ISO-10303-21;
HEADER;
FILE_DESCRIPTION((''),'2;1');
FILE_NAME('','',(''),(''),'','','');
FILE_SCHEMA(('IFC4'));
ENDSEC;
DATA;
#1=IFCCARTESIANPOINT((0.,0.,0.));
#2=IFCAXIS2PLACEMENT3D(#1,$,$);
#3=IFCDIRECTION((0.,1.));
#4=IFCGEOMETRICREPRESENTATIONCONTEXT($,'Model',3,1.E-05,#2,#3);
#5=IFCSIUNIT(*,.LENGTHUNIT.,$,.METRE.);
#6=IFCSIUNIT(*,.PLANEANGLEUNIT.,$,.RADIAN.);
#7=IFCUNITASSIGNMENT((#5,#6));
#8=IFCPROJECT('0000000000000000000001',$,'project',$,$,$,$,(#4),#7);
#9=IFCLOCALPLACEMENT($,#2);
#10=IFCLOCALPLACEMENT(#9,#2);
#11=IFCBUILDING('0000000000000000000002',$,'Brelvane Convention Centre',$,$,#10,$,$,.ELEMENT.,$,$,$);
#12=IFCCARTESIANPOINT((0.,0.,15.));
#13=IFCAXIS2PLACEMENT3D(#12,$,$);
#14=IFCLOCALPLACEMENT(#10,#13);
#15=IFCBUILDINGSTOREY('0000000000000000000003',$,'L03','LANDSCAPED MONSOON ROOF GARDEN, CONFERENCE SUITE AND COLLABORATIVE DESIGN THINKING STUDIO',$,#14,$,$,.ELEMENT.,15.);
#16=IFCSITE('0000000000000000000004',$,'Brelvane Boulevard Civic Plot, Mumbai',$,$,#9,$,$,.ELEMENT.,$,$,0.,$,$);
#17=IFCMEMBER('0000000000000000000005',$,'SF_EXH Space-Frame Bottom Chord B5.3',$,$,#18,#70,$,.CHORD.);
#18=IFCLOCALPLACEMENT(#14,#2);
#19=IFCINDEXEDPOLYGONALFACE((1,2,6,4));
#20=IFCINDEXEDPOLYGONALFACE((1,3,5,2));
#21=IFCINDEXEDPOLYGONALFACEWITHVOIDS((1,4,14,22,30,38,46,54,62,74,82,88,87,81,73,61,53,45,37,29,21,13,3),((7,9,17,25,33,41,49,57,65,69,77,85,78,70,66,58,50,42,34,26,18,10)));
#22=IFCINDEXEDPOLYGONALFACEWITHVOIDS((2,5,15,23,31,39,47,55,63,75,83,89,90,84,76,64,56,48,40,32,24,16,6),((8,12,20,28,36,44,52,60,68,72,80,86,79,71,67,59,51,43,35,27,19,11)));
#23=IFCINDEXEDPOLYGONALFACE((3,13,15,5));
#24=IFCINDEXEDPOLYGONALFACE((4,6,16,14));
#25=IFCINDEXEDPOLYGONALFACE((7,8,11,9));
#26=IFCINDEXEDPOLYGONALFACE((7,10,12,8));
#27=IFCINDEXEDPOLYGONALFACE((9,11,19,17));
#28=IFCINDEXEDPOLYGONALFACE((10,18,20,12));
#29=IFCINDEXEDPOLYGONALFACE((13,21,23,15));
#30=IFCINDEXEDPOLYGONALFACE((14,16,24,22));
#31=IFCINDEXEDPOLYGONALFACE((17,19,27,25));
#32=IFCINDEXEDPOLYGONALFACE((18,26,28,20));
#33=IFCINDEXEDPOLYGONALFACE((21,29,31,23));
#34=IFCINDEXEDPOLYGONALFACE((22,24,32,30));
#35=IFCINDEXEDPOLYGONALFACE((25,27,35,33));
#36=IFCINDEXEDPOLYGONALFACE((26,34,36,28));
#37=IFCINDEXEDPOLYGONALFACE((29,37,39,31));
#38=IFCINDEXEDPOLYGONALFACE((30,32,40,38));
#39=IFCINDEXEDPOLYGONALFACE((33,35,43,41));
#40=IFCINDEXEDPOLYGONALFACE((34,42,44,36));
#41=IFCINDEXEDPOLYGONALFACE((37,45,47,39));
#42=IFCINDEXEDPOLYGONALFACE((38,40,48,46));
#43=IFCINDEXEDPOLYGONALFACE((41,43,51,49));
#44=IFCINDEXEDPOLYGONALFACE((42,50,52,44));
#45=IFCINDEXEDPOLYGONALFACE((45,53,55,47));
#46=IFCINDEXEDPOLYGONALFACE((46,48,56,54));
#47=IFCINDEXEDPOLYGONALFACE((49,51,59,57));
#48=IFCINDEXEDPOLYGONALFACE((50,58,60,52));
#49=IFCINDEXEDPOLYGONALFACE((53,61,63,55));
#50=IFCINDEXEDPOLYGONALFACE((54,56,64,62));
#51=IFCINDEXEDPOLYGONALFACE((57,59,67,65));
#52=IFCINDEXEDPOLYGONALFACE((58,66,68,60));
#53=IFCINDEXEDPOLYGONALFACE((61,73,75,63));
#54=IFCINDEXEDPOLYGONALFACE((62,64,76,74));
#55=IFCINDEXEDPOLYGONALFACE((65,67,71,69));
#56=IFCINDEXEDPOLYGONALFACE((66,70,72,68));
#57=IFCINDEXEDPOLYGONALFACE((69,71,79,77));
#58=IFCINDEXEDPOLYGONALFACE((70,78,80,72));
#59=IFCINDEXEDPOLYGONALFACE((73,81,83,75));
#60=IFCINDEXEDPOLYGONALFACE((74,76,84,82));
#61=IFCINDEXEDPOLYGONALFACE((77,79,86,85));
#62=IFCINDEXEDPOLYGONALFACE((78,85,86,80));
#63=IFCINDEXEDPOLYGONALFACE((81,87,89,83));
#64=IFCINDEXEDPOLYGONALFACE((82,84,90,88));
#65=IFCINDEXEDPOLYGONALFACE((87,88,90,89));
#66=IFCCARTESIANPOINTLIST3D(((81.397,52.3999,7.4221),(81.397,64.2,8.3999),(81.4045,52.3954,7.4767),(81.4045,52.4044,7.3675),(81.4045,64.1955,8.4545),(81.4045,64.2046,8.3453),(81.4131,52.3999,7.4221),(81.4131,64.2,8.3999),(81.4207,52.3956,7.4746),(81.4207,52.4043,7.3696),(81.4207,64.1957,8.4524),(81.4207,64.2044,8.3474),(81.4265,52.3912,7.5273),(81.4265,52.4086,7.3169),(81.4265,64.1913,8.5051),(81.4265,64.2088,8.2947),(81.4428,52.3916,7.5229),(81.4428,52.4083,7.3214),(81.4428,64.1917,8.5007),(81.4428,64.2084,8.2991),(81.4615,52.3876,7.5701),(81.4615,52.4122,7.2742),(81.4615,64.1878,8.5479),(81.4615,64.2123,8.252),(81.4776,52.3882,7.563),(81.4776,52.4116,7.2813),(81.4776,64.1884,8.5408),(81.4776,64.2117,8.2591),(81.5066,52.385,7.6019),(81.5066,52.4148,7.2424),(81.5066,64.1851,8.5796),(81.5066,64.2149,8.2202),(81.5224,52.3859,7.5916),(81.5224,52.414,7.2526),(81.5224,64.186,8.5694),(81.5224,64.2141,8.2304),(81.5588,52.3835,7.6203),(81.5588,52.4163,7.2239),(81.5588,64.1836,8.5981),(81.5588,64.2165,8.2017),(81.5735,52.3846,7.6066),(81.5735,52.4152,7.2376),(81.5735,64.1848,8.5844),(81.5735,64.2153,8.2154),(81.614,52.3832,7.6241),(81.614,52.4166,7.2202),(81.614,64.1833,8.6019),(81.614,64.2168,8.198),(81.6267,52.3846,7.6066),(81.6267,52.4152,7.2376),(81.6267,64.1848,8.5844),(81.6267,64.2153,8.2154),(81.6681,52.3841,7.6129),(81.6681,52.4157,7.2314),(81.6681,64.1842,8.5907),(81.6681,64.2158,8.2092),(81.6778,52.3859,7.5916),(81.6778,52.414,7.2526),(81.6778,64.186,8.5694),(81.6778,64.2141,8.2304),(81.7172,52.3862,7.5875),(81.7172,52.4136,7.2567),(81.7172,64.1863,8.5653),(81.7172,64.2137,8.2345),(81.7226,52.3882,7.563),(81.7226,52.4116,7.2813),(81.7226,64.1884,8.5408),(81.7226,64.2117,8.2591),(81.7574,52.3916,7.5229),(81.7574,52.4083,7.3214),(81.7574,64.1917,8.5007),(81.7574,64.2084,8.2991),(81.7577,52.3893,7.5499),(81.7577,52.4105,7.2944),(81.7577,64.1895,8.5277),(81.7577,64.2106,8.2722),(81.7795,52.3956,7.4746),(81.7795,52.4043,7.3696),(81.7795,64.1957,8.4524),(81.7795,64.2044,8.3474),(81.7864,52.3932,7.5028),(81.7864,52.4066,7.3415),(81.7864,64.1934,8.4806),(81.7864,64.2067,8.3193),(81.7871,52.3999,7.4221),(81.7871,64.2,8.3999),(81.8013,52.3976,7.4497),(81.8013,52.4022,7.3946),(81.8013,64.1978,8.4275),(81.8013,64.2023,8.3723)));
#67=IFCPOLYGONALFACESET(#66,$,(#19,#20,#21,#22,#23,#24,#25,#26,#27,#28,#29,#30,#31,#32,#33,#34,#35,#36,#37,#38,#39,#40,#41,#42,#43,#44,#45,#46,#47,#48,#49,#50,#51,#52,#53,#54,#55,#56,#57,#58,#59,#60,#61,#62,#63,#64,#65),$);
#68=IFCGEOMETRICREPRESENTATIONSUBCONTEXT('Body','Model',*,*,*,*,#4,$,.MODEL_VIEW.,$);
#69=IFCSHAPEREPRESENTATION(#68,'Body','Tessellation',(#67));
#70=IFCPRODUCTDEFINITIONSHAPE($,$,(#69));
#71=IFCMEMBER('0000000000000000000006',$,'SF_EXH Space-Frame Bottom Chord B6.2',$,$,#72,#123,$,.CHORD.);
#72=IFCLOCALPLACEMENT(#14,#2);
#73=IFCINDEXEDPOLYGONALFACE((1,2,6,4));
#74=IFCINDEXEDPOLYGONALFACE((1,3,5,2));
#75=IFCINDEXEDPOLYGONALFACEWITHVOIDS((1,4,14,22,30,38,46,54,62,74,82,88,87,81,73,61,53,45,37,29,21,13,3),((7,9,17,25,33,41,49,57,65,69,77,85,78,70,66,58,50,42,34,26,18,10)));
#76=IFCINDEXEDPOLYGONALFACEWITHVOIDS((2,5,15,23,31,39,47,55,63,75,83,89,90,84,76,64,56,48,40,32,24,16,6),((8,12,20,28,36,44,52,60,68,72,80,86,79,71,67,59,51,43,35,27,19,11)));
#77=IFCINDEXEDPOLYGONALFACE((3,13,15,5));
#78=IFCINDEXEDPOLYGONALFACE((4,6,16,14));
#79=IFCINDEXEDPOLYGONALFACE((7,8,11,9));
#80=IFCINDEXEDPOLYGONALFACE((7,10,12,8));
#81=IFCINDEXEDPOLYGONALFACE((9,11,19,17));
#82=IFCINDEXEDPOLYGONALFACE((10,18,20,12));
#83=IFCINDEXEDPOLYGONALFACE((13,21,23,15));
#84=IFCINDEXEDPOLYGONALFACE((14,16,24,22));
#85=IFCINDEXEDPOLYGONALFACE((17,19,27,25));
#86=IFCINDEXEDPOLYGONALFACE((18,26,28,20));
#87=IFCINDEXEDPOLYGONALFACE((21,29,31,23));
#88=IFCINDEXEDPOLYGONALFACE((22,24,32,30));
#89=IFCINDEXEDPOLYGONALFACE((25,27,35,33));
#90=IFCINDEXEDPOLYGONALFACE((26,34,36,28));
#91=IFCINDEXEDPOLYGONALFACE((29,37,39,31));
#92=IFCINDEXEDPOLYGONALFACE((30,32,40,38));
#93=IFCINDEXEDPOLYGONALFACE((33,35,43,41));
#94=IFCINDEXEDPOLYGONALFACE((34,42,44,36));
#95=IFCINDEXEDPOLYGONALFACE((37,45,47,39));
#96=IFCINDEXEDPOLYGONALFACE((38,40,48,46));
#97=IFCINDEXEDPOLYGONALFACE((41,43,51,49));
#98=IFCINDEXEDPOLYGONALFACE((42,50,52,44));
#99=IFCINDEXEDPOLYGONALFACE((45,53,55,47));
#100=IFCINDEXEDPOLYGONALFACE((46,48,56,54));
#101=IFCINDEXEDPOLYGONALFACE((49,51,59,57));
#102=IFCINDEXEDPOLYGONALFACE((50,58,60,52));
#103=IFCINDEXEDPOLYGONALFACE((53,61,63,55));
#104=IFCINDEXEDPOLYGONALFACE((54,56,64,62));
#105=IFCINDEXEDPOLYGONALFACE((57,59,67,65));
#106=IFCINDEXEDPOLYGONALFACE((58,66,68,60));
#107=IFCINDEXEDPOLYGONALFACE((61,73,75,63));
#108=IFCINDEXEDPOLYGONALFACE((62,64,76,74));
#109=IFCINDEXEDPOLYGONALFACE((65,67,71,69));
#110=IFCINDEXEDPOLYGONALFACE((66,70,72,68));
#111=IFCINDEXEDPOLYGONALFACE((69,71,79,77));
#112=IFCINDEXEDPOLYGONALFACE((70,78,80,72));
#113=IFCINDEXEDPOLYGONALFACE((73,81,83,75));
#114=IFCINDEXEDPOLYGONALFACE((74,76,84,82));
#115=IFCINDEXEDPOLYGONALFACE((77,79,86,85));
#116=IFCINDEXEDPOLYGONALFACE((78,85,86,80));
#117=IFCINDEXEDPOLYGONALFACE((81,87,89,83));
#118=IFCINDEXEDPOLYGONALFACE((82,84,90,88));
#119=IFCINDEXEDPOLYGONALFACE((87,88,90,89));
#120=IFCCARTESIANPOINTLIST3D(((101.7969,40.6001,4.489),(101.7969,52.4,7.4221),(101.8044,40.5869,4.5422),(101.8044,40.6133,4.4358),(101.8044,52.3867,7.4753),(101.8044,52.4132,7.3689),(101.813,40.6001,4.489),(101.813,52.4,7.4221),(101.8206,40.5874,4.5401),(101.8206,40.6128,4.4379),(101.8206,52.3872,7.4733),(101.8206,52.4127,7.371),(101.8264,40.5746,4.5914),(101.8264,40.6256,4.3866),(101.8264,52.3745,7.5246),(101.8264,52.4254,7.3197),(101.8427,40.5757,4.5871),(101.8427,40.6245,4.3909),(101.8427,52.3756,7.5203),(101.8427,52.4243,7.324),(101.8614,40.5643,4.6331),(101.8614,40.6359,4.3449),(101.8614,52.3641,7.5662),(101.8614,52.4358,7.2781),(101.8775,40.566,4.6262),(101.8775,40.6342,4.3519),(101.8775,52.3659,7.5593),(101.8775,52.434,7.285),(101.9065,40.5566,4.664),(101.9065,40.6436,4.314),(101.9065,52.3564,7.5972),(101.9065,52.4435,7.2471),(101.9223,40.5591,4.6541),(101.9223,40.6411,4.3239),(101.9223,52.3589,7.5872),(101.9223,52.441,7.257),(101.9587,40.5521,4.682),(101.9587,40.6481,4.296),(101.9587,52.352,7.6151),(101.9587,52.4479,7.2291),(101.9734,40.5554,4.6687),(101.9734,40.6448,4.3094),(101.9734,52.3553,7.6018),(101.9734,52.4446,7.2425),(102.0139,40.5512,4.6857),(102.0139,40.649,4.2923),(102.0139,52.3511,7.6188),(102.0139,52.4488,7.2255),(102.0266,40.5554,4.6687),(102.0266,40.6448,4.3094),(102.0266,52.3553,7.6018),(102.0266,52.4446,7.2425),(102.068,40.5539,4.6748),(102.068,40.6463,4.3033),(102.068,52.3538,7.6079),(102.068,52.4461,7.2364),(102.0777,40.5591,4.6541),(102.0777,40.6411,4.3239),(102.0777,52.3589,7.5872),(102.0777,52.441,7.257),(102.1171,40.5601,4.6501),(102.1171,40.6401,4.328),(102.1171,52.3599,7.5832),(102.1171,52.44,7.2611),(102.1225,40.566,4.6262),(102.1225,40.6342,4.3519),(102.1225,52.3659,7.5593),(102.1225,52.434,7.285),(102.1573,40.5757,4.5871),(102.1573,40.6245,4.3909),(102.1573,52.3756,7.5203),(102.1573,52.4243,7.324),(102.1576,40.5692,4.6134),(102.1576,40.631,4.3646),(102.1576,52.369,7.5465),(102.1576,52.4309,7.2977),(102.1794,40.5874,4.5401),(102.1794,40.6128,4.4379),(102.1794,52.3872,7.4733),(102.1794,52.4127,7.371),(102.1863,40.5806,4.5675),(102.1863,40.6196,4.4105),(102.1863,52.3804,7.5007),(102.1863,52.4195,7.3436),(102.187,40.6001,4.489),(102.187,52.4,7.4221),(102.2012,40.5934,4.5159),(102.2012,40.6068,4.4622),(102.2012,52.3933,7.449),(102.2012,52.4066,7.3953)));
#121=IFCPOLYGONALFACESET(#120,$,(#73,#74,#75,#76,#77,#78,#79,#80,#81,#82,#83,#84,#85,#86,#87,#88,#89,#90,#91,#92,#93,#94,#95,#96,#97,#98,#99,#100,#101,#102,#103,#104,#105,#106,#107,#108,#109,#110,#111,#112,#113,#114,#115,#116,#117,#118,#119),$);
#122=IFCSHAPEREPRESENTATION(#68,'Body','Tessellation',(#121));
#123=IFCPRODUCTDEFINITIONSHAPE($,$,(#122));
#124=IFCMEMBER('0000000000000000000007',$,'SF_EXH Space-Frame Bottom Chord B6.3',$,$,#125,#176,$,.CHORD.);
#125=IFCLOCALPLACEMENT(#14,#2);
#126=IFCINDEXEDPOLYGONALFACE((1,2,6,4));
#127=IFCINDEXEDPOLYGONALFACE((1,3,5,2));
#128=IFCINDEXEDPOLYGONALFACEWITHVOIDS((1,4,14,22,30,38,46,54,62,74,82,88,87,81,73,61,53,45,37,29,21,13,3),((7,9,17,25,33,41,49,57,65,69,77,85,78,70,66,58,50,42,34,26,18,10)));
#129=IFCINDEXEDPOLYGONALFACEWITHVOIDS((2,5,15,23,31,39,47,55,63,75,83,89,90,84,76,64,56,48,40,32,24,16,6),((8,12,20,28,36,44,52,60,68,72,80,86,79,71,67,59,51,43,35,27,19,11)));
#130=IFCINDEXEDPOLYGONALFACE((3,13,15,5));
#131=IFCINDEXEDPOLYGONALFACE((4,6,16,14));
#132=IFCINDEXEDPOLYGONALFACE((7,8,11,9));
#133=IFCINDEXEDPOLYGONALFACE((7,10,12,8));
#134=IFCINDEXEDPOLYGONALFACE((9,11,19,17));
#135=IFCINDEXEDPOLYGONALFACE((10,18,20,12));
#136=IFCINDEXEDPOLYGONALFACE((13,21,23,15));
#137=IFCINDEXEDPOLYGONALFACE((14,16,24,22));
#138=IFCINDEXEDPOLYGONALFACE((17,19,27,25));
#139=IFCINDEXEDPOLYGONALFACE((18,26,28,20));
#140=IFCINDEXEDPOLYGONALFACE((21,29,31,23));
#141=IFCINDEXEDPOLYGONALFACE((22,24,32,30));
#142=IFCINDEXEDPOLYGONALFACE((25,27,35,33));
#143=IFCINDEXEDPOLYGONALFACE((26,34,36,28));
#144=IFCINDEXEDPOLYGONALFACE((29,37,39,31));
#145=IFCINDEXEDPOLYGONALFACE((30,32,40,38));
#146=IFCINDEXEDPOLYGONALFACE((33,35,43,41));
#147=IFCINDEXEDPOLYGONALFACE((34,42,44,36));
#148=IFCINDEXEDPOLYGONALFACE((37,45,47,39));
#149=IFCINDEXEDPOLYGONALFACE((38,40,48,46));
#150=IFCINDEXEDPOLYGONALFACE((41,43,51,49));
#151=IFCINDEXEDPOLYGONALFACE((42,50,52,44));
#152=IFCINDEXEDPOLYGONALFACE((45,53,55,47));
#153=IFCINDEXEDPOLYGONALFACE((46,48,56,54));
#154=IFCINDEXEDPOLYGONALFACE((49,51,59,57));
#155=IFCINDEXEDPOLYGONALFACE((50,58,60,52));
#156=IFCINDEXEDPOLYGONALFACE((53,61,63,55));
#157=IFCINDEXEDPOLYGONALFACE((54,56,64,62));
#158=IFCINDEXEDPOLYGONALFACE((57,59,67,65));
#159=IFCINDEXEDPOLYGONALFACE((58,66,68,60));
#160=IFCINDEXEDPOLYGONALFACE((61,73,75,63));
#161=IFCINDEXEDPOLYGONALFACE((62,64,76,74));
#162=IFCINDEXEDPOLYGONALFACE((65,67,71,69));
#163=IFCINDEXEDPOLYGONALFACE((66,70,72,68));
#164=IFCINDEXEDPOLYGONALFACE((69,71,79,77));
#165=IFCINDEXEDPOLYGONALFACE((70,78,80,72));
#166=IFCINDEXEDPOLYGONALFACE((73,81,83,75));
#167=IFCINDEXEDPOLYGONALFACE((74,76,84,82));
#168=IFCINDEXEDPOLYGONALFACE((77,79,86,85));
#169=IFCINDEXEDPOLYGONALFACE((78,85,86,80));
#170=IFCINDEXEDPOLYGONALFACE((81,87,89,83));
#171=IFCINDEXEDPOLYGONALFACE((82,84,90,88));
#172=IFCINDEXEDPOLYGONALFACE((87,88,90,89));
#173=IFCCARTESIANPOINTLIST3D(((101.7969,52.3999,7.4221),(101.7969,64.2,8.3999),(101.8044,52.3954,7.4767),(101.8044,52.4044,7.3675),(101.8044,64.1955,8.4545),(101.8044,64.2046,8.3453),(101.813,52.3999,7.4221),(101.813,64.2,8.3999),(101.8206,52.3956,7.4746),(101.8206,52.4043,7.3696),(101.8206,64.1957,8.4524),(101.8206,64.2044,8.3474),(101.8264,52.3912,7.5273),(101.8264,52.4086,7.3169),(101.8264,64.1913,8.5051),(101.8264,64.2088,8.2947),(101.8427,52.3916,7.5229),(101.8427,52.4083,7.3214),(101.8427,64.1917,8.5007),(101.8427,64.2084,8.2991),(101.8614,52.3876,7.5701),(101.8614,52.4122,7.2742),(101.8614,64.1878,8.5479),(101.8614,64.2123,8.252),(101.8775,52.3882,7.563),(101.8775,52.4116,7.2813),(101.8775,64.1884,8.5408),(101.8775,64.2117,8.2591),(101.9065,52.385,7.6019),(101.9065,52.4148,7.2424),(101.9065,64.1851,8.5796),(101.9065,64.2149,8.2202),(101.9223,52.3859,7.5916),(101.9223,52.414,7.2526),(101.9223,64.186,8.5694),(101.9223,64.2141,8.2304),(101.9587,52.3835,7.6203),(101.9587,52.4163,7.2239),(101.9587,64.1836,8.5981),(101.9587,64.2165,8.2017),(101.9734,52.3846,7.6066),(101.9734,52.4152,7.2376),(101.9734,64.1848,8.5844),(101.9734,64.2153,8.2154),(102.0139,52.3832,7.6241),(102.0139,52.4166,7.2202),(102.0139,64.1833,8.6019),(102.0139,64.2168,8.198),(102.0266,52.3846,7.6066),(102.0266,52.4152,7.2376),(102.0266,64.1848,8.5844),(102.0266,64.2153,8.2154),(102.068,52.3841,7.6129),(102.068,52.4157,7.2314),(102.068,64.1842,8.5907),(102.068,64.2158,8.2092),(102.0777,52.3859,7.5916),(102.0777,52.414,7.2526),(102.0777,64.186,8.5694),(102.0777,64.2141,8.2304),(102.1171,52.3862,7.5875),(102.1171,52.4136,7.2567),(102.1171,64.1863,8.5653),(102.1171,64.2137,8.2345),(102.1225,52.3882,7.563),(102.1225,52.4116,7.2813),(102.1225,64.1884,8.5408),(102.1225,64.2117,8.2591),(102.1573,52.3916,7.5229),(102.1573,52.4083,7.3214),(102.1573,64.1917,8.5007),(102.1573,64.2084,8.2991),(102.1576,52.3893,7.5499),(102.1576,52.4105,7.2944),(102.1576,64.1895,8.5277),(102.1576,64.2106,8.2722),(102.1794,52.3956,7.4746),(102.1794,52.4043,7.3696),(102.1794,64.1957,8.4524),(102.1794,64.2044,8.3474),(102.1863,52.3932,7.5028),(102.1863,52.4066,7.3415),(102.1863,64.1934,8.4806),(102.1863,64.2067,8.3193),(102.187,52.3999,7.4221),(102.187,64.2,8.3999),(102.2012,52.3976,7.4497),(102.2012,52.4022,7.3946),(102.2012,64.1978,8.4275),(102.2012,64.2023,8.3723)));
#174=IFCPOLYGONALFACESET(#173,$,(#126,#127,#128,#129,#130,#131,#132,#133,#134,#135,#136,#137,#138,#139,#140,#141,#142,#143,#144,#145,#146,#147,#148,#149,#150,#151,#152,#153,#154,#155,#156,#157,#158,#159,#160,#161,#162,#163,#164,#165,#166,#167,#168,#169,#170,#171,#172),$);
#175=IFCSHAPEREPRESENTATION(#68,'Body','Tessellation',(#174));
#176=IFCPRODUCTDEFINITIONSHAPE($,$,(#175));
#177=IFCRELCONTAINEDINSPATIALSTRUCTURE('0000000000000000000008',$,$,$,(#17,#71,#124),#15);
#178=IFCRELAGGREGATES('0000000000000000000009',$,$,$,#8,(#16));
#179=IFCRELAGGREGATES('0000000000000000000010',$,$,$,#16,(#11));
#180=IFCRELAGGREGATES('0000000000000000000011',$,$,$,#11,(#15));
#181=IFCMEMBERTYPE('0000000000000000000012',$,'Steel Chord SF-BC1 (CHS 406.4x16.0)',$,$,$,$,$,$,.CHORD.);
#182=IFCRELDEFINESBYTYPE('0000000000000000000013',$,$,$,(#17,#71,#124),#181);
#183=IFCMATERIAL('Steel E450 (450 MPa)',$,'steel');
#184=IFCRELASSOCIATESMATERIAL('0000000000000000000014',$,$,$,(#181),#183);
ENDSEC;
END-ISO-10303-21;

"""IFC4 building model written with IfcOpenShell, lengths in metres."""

from ifc_helpers import new_model, si_unit, direction, frame, origin, origin_2d, place, context, subcontext, project, spatial, hollow_circle, extrude, material, material_profile, profile_set, type_object, element, save


model = new_model("IFC4")

# Units and contexts
model_context = context("Model", 3, precision=1e-05, world=origin(), true_north=direction((0.0, 1.0)))
body_context = subcontext(model_context, "Body", "Model", "MODEL_VIEW")
ifc_project = project(units=[si_unit("LENGTHUNIT", "METRE"), si_unit("PLANEANGLEUNIT", "RADIAN")], contexts=[model_context])

# Site, building, storey
site_placement = place(None, origin())
site = spatial("IfcSite", under=ifc_project, at=site_placement, Name="Brelvane Boulevard Civic Plot, Mumbai", CompositionType="ELEMENT", RefElevation=0.0)
building_placement = place(site_placement, origin())
building = spatial("IfcBuilding", under=site, at=building_placement, Name="Brelvane Convention Centre", CompositionType="ELEMENT")
storey_placement = place(building_placement, frame((0.0, 0.0, 15.0)))
storey = spatial("IfcBuildingStorey", under=building, at=storey_placement, Name="L03", Description="LANDSCAPED MONSOON ROOF GARDEN, CONFERENCE SUITE AND COLLABORATIVE DESIGN THINKING STUDIO", CompositionType="ELEMENT", Elevation=15.0)

# Members
ifc_material_1 = material(Name="Steel E450 (450 MPa)", Category="steel")
ifc_material_profile_1 = material_profile(ifc_material_1, hollow_circle(Radius=0.2031, WallThickness=0.0161, at=origin_2d()), Name="CHS 406.4x16.0")
ifc_profile_set_1 = profile_set([ifc_material_profile_1], Name="Steel E450 (450 MPa)")
member_type_1 = type_object("IfcMemberType", Name="Steel Chord SF-BC1 (CHS 406.4x16.0)", PredefinedType="CHORD", material=ifc_profile_set_1)
member_1_placement = place(storey_placement, frame((81.6001, 52.3999, 7.4221), z_axis=(0.0, 0.996584, 0.08258), x_axis=(-1.0, 0.0, 0.0)))
element("IfcMember", 1, at=member_1_placement, inside=storey, type_object=member_type_1, Name="SF_EXH Space-Frame Bottom Chord B5.3", PredefinedType="CHORD", context=body_context, shape_type="SweptSolid", body=[
    extrude(hollow_circle(Radius=0.2031, WallThickness=0.0161, at=origin_2d()), origin(), (0.0, 0.0, 1.0), 11.8406),
])
member_2_placement = place(storey_placement, frame((102.0, 40.6001, 4.489), z_axis=(0.0, 0.970468, 0.241231), x_axis=(-1.0, 0.0, 0.0)))
element("IfcMember", 2, at=member_2_placement, inside=storey, type_object=member_type_1, Name="SF_EXH Space-Frame Bottom Chord B6.2", PredefinedType="CHORD", context=body_context, shape_type="SweptSolid", body=[
    extrude(hollow_circle(Radius=0.2031, WallThickness=0.0161, at=origin_2d()), origin(), (0.0, 0.0, 1.0), 12.1589),
])
member_3_placement = place(storey_placement, frame((102.0, 52.3999, 7.4221), z_axis=(0.0, 0.996584, 0.08258), x_axis=(-1.0, 0.0, 0.0)))
element("IfcMember", 3, at=member_3_placement, inside=storey, type_object=member_type_1, Name="SF_EXH Space-Frame Bottom Chord B6.3", PredefinedType="CHORD", context=body_context, shape_type="SweptSolid", body=[
    extrude(hollow_circle(Radius=0.2031, WallThickness=0.0161, at=origin_2d()), origin(), (0.0, 0.0, 1.0), 11.8406),
])

save(model, "model.ifc")
